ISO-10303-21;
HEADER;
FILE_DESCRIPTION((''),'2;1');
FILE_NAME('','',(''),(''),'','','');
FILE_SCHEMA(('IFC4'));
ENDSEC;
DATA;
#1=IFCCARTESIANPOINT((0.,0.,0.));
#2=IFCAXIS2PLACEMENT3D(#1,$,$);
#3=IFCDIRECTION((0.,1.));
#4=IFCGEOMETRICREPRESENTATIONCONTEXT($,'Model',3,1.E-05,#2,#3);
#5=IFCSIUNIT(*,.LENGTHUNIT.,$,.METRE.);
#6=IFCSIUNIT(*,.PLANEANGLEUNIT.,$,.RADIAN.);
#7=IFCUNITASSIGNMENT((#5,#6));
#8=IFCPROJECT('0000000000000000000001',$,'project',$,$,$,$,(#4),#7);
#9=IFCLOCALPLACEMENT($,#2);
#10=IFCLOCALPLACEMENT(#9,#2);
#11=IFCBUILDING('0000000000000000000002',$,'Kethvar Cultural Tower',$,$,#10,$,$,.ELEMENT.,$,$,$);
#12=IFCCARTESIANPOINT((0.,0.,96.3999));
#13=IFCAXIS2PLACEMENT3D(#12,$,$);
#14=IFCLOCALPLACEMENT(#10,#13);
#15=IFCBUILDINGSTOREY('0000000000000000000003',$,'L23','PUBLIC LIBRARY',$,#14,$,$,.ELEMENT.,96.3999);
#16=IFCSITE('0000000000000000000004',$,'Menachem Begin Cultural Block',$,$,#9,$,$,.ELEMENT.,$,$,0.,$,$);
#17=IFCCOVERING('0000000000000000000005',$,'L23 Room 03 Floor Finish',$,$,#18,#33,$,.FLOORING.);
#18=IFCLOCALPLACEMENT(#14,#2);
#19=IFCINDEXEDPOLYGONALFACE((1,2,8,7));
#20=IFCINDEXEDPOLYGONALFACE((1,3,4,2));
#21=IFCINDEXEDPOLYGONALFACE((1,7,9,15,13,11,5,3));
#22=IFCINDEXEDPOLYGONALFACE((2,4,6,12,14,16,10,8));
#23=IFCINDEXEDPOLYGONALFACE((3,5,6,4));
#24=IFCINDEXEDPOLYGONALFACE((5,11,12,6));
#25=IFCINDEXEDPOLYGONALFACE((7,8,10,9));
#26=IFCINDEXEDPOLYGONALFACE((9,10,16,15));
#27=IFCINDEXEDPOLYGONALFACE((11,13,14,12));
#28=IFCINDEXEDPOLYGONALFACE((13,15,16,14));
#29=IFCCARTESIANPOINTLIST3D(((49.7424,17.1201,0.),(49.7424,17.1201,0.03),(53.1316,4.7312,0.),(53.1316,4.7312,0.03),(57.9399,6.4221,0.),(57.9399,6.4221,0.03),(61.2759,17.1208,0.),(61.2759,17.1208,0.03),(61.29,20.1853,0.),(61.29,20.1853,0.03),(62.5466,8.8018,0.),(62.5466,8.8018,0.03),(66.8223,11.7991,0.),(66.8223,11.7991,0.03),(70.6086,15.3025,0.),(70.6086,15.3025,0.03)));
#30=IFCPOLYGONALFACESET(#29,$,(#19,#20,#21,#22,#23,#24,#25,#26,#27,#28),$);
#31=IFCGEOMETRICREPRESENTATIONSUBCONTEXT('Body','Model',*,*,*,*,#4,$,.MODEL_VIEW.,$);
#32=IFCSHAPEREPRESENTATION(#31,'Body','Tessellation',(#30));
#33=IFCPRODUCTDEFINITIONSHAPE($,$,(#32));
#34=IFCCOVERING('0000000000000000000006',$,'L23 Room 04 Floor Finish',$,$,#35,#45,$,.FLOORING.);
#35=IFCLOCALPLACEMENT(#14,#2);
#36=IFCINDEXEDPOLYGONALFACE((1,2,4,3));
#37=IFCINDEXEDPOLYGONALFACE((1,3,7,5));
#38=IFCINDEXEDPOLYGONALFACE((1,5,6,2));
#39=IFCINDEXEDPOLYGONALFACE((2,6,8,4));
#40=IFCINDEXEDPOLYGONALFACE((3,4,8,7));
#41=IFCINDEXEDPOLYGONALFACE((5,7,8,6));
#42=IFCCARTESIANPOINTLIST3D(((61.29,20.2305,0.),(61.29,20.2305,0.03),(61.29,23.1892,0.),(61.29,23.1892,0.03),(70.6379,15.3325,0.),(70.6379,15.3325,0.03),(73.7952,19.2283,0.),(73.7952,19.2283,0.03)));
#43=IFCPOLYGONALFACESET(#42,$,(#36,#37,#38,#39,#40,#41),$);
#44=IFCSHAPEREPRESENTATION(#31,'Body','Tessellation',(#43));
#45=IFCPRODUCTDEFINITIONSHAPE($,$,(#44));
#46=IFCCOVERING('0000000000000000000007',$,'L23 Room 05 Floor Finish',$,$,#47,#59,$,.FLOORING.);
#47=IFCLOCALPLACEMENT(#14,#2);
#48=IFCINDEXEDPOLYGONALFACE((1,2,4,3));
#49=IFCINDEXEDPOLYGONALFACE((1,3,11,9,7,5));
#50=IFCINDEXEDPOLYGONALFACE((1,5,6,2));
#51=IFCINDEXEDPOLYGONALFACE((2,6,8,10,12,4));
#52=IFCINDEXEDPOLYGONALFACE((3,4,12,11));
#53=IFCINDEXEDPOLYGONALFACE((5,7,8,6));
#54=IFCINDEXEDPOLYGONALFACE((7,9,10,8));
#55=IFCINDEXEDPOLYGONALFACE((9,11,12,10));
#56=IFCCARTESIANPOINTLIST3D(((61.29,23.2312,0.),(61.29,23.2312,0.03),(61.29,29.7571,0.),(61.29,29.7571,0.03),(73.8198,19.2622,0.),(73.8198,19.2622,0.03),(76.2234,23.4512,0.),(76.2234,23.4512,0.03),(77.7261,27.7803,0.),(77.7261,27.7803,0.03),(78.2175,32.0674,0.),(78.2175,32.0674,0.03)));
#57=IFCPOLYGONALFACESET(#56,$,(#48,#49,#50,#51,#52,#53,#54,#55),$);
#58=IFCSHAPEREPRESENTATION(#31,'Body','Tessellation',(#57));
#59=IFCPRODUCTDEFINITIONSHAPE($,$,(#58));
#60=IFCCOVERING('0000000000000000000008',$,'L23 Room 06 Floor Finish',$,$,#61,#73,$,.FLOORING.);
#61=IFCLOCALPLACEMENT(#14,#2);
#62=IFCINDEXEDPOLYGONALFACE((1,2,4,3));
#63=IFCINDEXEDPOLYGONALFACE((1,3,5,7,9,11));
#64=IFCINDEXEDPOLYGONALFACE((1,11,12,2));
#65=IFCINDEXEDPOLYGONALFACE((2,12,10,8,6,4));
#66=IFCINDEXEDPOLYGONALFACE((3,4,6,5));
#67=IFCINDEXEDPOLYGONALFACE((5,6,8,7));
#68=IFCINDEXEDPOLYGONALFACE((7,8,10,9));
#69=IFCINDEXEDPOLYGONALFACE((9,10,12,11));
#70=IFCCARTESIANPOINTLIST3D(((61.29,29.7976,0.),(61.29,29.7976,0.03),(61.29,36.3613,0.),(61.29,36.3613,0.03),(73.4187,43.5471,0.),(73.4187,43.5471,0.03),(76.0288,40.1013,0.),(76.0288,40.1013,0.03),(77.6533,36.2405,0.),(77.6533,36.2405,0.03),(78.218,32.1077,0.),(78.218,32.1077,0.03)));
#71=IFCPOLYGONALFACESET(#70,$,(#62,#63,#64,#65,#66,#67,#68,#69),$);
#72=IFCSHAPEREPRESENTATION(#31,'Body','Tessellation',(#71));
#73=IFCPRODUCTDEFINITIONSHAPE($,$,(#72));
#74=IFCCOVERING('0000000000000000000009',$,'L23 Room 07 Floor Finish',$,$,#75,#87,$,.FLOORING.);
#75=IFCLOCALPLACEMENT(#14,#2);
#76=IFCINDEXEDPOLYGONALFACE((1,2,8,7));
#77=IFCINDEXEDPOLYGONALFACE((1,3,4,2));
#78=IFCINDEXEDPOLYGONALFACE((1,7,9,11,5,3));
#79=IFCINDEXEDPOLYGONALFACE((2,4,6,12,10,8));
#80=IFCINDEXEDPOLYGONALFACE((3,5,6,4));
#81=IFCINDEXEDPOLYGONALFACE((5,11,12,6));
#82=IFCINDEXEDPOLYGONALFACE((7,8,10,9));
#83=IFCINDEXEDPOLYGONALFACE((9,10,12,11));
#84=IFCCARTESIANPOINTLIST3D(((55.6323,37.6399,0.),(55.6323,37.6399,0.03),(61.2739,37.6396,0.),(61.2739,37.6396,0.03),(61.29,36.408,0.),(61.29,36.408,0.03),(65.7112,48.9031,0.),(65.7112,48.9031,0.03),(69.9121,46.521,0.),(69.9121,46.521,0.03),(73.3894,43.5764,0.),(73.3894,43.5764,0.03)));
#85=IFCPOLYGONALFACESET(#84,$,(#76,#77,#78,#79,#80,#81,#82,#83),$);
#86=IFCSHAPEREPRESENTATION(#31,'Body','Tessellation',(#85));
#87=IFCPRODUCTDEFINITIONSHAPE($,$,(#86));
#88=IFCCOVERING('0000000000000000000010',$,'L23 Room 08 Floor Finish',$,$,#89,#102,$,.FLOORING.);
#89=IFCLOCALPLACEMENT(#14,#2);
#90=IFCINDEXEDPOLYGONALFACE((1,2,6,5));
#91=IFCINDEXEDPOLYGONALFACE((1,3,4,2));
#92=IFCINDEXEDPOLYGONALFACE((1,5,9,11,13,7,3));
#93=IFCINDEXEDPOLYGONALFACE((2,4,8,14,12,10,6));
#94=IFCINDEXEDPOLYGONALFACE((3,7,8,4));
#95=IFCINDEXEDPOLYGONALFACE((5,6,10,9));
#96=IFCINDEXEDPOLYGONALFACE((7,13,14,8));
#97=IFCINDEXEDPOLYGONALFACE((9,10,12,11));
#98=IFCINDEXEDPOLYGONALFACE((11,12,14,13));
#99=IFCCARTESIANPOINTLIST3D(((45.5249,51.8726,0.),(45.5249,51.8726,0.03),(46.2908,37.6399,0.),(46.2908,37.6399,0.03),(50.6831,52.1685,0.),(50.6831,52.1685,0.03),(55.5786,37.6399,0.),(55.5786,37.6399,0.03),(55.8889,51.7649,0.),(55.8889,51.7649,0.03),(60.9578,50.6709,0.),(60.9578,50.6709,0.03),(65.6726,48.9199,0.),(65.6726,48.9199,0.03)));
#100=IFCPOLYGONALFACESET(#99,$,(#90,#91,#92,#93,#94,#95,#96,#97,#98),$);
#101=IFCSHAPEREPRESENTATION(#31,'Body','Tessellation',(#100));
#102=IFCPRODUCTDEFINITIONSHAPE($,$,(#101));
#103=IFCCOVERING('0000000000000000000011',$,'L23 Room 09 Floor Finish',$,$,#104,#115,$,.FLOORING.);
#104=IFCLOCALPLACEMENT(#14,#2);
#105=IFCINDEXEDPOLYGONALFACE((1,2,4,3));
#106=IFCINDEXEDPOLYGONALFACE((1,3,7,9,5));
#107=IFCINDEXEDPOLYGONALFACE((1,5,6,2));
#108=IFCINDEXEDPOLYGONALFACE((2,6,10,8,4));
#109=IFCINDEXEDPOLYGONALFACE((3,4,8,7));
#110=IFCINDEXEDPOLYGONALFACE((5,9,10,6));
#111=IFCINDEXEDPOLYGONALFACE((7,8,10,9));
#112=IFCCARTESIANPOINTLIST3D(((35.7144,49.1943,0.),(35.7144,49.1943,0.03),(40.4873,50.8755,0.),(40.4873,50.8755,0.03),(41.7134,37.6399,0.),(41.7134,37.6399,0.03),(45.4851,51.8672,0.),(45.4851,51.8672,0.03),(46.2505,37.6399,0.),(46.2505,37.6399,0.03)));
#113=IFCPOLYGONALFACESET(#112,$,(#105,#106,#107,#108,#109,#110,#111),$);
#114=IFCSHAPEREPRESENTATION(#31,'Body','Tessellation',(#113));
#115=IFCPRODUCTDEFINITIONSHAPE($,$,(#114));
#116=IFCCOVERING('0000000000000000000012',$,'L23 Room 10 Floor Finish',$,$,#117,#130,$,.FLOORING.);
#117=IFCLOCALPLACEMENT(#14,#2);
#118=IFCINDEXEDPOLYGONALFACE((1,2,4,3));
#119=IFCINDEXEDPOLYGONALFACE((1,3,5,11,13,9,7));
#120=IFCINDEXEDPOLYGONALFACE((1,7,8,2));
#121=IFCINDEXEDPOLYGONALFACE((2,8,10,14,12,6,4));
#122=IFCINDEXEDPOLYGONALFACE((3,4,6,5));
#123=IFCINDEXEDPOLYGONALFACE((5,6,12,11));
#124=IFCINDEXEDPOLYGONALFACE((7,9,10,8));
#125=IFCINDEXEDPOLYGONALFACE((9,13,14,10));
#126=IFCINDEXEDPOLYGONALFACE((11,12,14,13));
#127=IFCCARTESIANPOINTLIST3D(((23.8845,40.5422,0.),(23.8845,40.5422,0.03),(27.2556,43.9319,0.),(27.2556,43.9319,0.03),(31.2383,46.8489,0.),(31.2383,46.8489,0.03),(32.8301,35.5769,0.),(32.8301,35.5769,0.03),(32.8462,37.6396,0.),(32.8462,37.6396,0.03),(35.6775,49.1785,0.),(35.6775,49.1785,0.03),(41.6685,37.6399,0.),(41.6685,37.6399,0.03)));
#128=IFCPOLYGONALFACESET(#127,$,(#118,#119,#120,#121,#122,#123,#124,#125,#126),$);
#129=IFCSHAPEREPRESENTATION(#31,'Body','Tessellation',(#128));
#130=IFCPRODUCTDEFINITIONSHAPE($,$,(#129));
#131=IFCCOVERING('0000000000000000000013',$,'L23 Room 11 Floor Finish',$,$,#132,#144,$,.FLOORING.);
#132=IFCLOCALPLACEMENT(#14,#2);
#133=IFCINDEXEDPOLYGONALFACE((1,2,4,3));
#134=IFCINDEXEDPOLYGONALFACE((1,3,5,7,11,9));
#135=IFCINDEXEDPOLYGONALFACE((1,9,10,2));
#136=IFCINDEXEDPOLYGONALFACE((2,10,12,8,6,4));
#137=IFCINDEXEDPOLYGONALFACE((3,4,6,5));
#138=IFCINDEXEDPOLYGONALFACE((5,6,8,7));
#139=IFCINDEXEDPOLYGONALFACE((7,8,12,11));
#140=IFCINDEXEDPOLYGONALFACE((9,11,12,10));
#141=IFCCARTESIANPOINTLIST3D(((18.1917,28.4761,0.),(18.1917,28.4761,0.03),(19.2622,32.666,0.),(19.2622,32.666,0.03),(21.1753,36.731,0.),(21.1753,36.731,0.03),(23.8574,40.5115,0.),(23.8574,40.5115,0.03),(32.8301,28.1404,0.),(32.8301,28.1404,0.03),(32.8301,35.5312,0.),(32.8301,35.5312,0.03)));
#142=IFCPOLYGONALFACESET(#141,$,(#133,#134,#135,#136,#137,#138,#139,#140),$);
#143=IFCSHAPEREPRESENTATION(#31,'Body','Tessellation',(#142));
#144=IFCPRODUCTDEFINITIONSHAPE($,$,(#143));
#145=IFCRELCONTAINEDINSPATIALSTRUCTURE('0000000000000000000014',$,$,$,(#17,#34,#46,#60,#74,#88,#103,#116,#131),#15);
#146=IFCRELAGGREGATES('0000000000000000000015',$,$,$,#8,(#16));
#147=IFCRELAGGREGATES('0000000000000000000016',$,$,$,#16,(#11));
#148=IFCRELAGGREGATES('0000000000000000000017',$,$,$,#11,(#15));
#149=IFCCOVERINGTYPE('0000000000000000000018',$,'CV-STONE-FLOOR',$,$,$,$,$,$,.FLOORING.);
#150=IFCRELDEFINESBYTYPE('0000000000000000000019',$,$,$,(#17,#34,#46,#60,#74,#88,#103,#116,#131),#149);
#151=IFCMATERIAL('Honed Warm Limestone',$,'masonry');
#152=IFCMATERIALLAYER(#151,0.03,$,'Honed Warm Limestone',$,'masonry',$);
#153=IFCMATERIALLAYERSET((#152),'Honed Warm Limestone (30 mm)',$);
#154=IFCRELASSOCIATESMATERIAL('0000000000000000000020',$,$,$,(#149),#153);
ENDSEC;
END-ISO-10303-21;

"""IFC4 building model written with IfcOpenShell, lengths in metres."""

from ifc_helpers import new_model, si_unit, direction, frame, origin, place, context, subcontext, project, spatial, polyline, outline, extrude, material, layer, layer_set, type_object, element, save


model = new_model("IFC4")

# Units and contexts
model_context = context("Model", 3, precision=1e-05, world=origin(), true_north=direction((0.0, 1.0)))
body_context = subcontext(model_context, "Body", "Model", "MODEL_VIEW")
ifc_project = project(units=[si_unit("LENGTHUNIT", "METRE"), si_unit("PLANEANGLEUNIT", "RADIAN")], contexts=[model_context])

# Site, building, storey
site_placement = place(None, origin())
site = spatial("IfcSite", under=ifc_project, at=site_placement, Name="Menachem Begin Cultural Block", CompositionType="ELEMENT", RefElevation=0.0)
building_placement = place(site_placement, origin())
building = spatial("IfcBuilding", under=site, at=building_placement, Name="Kethvar Cultural Tower", CompositionType="ELEMENT")
storey_placement = place(building_placement, frame((0.0, 0.0, 96.3999)))
storey = spatial("IfcBuildingStorey", under=building, at=storey_placement, Name="L23", Description="PUBLIC LIBRARY", CompositionType="ELEMENT", Elevation=96.3999)

# Coverings
ifc_material_1 = material(Name="Honed Warm Limestone", Category="masonry")
ifc_layer_1 = layer(ifc_material_1, 0.03, Name="Honed Warm Limestone", Category="masonry")
ifc_layer_set_1 = layer_set([ifc_layer_1], Name="Honed Warm Limestone (30 mm)")
covering_type_1 = type_object("IfcCoveringType", Name="CV-STONE-FLOOR", PredefinedType="FLOORING", material=ifc_layer_set_1)
covering_1_placement = place(storey_placement, origin())
element("IfcCovering", 1, at=covering_1_placement, inside=storey, type_object=covering_type_1, Name="L23 Room 03 Floor Finish", PredefinedType="FLOORING", context=body_context, shape_type="SweptSolid", body=[
    extrude(outline(polyline([(66.8223, 11.7991), (62.5466, 8.8018), (57.9399, 6.4221), (53.1316, 4.7312), (49.7424, 17.1201), (61.2759, 17.1208), (61.29, 20.1853), (70.6086, 15.3025), (66.8223, 11.7991)])), origin(), (0.0, 0.0, 1.0), 0.03),
])
covering_2_placement = place(storey_placement, origin())
element("IfcCovering", 2, at=covering_2_placement, inside=storey, type_object=covering_type_1, Name="L23 Room 04 Floor Finish", PredefinedType="FLOORING", context=body_context, shape_type="SweptSolid", body=[
    extrude(outline(polyline([(70.6379, 15.3325), (61.29, 20.2305), (61.29, 23.1892), (73.7952, 19.2283), (70.6379, 15.3325)])), origin(), (0.0, 0.0, 1.0), 0.03),
])
covering_3_placement = place(storey_placement, origin())
element("IfcCovering", 3, at=covering_3_placement, inside=storey, type_object=covering_type_1, Name="L23 Room 05 Floor Finish", PredefinedType="FLOORING", context=body_context, shape_type="SweptSolid", body=[
    extrude(outline(polyline([(77.7261, 27.7803), (76.2234, 23.4512), (73.8198, 19.2622), (61.29, 23.2312), (61.29, 29.7571), (78.2175, 32.0674), (77.7261, 27.7803)])), origin(), (0.0, 0.0, 1.0), 0.03),
])
covering_4_placement = place(storey_placement, origin())
element("IfcCovering", 4, at=covering_4_placement, inside=storey, type_object=covering_type_1, Name="L23 Room 06 Floor Finish", PredefinedType="FLOORING", context=body_context, shape_type="SweptSolid", body=[
    extrude(outline(polyline([(76.0288, 40.1013), (77.6533, 36.2405), (78.218, 32.1077), (61.29, 29.7976), (61.29, 36.3613), (73.4187, 43.5471), (76.0288, 40.1013)])), origin(), (0.0, 0.0, 1.0), 0.03),
])
covering_5_placement = place(storey_placement, origin())
element("IfcCovering", 5, at=covering_5_placement, inside=storey, type_object=covering_type_1, Name="L23 Room 07 Floor Finish", PredefinedType="FLOORING", context=body_context, shape_type="SweptSolid", body=[
    extrude(outline(polyline([(69.9121, 46.521), (73.3894, 43.5764), (61.29, 36.408), (61.2739, 37.6396), (55.6323, 37.6399), (65.7112, 48.9031), (69.9121, 46.521)])), origin(), (0.0, 0.0, 1.0), 0.03),
])
covering_6_placement = place(storey_placement, origin())
element("IfcCovering", 6, at=covering_6_placement, inside=storey, type_object=covering_type_1, Name="L23 Room 08 Floor Finish", PredefinedType="FLOORING", context=body_context, shape_type="SweptSolid", body=[
    extrude(outline(polyline([(45.5249, 51.8726), (50.6831, 52.1685), (55.8889, 51.7649), (60.9578, 50.6709), (65.6726, 48.9199), (55.5786, 37.6399), (46.2908, 37.6399), (45.5249, 51.8726)])), origin(), (0.0, 0.0, 1.0), 0.03),
])
covering_7_placement = place(storey_placement, origin())
element("IfcCovering", 7, at=covering_7_placement, inside=storey, type_object=covering_type_1, Name="L23 Room 09 Floor Finish", PredefinedType="FLOORING", context=body_context, shape_type="SweptSolid", body=[
    extrude(outline(polyline([(40.4873, 50.8755), (45.4851, 51.8672), (46.2505, 37.6399), (41.7134, 37.6399), (35.7144, 49.1943), (40.4873, 50.8755)])), origin(), (0.0, 0.0, 1.0), 0.03),
])
covering_8_placement = place(storey_placement, origin())
element("IfcCovering", 8, at=covering_8_placement, inside=storey, type_object=covering_type_1, Name="L23 Room 10 Floor Finish", PredefinedType="FLOORING", context=body_context, shape_type="SweptSolid", body=[
    extrude(outline(polyline([(27.2556, 43.9319), (31.2383, 46.8489), (35.6775, 49.1785), (41.6685, 37.6399), (32.8462, 37.6396), (32.8301, 35.5769), (23.8845, 40.5422), (27.2556, 43.9319)])), origin(), (0.0, 0.0, 1.0), 0.03),
])
covering_9_placement = place(storey_placement, origin())
element("IfcCovering", 9, at=covering_9_placement, inside=storey, type_object=covering_type_1, Name="L23 Room 11 Floor Finish", PredefinedType="FLOORING", context=body_context, shape_type="SweptSolid", body=[
    extrude(outline(polyline([(18.1917, 28.4761), (19.2622, 32.666), (21.1753, 36.731), (23.8574, 40.5115), (32.8301, 35.5312), (32.8301, 28.1404), (18.1917, 28.4761)])), origin(), (0.0, 0.0, 1.0), 0.03),
])

save(model, "model.ifc")
